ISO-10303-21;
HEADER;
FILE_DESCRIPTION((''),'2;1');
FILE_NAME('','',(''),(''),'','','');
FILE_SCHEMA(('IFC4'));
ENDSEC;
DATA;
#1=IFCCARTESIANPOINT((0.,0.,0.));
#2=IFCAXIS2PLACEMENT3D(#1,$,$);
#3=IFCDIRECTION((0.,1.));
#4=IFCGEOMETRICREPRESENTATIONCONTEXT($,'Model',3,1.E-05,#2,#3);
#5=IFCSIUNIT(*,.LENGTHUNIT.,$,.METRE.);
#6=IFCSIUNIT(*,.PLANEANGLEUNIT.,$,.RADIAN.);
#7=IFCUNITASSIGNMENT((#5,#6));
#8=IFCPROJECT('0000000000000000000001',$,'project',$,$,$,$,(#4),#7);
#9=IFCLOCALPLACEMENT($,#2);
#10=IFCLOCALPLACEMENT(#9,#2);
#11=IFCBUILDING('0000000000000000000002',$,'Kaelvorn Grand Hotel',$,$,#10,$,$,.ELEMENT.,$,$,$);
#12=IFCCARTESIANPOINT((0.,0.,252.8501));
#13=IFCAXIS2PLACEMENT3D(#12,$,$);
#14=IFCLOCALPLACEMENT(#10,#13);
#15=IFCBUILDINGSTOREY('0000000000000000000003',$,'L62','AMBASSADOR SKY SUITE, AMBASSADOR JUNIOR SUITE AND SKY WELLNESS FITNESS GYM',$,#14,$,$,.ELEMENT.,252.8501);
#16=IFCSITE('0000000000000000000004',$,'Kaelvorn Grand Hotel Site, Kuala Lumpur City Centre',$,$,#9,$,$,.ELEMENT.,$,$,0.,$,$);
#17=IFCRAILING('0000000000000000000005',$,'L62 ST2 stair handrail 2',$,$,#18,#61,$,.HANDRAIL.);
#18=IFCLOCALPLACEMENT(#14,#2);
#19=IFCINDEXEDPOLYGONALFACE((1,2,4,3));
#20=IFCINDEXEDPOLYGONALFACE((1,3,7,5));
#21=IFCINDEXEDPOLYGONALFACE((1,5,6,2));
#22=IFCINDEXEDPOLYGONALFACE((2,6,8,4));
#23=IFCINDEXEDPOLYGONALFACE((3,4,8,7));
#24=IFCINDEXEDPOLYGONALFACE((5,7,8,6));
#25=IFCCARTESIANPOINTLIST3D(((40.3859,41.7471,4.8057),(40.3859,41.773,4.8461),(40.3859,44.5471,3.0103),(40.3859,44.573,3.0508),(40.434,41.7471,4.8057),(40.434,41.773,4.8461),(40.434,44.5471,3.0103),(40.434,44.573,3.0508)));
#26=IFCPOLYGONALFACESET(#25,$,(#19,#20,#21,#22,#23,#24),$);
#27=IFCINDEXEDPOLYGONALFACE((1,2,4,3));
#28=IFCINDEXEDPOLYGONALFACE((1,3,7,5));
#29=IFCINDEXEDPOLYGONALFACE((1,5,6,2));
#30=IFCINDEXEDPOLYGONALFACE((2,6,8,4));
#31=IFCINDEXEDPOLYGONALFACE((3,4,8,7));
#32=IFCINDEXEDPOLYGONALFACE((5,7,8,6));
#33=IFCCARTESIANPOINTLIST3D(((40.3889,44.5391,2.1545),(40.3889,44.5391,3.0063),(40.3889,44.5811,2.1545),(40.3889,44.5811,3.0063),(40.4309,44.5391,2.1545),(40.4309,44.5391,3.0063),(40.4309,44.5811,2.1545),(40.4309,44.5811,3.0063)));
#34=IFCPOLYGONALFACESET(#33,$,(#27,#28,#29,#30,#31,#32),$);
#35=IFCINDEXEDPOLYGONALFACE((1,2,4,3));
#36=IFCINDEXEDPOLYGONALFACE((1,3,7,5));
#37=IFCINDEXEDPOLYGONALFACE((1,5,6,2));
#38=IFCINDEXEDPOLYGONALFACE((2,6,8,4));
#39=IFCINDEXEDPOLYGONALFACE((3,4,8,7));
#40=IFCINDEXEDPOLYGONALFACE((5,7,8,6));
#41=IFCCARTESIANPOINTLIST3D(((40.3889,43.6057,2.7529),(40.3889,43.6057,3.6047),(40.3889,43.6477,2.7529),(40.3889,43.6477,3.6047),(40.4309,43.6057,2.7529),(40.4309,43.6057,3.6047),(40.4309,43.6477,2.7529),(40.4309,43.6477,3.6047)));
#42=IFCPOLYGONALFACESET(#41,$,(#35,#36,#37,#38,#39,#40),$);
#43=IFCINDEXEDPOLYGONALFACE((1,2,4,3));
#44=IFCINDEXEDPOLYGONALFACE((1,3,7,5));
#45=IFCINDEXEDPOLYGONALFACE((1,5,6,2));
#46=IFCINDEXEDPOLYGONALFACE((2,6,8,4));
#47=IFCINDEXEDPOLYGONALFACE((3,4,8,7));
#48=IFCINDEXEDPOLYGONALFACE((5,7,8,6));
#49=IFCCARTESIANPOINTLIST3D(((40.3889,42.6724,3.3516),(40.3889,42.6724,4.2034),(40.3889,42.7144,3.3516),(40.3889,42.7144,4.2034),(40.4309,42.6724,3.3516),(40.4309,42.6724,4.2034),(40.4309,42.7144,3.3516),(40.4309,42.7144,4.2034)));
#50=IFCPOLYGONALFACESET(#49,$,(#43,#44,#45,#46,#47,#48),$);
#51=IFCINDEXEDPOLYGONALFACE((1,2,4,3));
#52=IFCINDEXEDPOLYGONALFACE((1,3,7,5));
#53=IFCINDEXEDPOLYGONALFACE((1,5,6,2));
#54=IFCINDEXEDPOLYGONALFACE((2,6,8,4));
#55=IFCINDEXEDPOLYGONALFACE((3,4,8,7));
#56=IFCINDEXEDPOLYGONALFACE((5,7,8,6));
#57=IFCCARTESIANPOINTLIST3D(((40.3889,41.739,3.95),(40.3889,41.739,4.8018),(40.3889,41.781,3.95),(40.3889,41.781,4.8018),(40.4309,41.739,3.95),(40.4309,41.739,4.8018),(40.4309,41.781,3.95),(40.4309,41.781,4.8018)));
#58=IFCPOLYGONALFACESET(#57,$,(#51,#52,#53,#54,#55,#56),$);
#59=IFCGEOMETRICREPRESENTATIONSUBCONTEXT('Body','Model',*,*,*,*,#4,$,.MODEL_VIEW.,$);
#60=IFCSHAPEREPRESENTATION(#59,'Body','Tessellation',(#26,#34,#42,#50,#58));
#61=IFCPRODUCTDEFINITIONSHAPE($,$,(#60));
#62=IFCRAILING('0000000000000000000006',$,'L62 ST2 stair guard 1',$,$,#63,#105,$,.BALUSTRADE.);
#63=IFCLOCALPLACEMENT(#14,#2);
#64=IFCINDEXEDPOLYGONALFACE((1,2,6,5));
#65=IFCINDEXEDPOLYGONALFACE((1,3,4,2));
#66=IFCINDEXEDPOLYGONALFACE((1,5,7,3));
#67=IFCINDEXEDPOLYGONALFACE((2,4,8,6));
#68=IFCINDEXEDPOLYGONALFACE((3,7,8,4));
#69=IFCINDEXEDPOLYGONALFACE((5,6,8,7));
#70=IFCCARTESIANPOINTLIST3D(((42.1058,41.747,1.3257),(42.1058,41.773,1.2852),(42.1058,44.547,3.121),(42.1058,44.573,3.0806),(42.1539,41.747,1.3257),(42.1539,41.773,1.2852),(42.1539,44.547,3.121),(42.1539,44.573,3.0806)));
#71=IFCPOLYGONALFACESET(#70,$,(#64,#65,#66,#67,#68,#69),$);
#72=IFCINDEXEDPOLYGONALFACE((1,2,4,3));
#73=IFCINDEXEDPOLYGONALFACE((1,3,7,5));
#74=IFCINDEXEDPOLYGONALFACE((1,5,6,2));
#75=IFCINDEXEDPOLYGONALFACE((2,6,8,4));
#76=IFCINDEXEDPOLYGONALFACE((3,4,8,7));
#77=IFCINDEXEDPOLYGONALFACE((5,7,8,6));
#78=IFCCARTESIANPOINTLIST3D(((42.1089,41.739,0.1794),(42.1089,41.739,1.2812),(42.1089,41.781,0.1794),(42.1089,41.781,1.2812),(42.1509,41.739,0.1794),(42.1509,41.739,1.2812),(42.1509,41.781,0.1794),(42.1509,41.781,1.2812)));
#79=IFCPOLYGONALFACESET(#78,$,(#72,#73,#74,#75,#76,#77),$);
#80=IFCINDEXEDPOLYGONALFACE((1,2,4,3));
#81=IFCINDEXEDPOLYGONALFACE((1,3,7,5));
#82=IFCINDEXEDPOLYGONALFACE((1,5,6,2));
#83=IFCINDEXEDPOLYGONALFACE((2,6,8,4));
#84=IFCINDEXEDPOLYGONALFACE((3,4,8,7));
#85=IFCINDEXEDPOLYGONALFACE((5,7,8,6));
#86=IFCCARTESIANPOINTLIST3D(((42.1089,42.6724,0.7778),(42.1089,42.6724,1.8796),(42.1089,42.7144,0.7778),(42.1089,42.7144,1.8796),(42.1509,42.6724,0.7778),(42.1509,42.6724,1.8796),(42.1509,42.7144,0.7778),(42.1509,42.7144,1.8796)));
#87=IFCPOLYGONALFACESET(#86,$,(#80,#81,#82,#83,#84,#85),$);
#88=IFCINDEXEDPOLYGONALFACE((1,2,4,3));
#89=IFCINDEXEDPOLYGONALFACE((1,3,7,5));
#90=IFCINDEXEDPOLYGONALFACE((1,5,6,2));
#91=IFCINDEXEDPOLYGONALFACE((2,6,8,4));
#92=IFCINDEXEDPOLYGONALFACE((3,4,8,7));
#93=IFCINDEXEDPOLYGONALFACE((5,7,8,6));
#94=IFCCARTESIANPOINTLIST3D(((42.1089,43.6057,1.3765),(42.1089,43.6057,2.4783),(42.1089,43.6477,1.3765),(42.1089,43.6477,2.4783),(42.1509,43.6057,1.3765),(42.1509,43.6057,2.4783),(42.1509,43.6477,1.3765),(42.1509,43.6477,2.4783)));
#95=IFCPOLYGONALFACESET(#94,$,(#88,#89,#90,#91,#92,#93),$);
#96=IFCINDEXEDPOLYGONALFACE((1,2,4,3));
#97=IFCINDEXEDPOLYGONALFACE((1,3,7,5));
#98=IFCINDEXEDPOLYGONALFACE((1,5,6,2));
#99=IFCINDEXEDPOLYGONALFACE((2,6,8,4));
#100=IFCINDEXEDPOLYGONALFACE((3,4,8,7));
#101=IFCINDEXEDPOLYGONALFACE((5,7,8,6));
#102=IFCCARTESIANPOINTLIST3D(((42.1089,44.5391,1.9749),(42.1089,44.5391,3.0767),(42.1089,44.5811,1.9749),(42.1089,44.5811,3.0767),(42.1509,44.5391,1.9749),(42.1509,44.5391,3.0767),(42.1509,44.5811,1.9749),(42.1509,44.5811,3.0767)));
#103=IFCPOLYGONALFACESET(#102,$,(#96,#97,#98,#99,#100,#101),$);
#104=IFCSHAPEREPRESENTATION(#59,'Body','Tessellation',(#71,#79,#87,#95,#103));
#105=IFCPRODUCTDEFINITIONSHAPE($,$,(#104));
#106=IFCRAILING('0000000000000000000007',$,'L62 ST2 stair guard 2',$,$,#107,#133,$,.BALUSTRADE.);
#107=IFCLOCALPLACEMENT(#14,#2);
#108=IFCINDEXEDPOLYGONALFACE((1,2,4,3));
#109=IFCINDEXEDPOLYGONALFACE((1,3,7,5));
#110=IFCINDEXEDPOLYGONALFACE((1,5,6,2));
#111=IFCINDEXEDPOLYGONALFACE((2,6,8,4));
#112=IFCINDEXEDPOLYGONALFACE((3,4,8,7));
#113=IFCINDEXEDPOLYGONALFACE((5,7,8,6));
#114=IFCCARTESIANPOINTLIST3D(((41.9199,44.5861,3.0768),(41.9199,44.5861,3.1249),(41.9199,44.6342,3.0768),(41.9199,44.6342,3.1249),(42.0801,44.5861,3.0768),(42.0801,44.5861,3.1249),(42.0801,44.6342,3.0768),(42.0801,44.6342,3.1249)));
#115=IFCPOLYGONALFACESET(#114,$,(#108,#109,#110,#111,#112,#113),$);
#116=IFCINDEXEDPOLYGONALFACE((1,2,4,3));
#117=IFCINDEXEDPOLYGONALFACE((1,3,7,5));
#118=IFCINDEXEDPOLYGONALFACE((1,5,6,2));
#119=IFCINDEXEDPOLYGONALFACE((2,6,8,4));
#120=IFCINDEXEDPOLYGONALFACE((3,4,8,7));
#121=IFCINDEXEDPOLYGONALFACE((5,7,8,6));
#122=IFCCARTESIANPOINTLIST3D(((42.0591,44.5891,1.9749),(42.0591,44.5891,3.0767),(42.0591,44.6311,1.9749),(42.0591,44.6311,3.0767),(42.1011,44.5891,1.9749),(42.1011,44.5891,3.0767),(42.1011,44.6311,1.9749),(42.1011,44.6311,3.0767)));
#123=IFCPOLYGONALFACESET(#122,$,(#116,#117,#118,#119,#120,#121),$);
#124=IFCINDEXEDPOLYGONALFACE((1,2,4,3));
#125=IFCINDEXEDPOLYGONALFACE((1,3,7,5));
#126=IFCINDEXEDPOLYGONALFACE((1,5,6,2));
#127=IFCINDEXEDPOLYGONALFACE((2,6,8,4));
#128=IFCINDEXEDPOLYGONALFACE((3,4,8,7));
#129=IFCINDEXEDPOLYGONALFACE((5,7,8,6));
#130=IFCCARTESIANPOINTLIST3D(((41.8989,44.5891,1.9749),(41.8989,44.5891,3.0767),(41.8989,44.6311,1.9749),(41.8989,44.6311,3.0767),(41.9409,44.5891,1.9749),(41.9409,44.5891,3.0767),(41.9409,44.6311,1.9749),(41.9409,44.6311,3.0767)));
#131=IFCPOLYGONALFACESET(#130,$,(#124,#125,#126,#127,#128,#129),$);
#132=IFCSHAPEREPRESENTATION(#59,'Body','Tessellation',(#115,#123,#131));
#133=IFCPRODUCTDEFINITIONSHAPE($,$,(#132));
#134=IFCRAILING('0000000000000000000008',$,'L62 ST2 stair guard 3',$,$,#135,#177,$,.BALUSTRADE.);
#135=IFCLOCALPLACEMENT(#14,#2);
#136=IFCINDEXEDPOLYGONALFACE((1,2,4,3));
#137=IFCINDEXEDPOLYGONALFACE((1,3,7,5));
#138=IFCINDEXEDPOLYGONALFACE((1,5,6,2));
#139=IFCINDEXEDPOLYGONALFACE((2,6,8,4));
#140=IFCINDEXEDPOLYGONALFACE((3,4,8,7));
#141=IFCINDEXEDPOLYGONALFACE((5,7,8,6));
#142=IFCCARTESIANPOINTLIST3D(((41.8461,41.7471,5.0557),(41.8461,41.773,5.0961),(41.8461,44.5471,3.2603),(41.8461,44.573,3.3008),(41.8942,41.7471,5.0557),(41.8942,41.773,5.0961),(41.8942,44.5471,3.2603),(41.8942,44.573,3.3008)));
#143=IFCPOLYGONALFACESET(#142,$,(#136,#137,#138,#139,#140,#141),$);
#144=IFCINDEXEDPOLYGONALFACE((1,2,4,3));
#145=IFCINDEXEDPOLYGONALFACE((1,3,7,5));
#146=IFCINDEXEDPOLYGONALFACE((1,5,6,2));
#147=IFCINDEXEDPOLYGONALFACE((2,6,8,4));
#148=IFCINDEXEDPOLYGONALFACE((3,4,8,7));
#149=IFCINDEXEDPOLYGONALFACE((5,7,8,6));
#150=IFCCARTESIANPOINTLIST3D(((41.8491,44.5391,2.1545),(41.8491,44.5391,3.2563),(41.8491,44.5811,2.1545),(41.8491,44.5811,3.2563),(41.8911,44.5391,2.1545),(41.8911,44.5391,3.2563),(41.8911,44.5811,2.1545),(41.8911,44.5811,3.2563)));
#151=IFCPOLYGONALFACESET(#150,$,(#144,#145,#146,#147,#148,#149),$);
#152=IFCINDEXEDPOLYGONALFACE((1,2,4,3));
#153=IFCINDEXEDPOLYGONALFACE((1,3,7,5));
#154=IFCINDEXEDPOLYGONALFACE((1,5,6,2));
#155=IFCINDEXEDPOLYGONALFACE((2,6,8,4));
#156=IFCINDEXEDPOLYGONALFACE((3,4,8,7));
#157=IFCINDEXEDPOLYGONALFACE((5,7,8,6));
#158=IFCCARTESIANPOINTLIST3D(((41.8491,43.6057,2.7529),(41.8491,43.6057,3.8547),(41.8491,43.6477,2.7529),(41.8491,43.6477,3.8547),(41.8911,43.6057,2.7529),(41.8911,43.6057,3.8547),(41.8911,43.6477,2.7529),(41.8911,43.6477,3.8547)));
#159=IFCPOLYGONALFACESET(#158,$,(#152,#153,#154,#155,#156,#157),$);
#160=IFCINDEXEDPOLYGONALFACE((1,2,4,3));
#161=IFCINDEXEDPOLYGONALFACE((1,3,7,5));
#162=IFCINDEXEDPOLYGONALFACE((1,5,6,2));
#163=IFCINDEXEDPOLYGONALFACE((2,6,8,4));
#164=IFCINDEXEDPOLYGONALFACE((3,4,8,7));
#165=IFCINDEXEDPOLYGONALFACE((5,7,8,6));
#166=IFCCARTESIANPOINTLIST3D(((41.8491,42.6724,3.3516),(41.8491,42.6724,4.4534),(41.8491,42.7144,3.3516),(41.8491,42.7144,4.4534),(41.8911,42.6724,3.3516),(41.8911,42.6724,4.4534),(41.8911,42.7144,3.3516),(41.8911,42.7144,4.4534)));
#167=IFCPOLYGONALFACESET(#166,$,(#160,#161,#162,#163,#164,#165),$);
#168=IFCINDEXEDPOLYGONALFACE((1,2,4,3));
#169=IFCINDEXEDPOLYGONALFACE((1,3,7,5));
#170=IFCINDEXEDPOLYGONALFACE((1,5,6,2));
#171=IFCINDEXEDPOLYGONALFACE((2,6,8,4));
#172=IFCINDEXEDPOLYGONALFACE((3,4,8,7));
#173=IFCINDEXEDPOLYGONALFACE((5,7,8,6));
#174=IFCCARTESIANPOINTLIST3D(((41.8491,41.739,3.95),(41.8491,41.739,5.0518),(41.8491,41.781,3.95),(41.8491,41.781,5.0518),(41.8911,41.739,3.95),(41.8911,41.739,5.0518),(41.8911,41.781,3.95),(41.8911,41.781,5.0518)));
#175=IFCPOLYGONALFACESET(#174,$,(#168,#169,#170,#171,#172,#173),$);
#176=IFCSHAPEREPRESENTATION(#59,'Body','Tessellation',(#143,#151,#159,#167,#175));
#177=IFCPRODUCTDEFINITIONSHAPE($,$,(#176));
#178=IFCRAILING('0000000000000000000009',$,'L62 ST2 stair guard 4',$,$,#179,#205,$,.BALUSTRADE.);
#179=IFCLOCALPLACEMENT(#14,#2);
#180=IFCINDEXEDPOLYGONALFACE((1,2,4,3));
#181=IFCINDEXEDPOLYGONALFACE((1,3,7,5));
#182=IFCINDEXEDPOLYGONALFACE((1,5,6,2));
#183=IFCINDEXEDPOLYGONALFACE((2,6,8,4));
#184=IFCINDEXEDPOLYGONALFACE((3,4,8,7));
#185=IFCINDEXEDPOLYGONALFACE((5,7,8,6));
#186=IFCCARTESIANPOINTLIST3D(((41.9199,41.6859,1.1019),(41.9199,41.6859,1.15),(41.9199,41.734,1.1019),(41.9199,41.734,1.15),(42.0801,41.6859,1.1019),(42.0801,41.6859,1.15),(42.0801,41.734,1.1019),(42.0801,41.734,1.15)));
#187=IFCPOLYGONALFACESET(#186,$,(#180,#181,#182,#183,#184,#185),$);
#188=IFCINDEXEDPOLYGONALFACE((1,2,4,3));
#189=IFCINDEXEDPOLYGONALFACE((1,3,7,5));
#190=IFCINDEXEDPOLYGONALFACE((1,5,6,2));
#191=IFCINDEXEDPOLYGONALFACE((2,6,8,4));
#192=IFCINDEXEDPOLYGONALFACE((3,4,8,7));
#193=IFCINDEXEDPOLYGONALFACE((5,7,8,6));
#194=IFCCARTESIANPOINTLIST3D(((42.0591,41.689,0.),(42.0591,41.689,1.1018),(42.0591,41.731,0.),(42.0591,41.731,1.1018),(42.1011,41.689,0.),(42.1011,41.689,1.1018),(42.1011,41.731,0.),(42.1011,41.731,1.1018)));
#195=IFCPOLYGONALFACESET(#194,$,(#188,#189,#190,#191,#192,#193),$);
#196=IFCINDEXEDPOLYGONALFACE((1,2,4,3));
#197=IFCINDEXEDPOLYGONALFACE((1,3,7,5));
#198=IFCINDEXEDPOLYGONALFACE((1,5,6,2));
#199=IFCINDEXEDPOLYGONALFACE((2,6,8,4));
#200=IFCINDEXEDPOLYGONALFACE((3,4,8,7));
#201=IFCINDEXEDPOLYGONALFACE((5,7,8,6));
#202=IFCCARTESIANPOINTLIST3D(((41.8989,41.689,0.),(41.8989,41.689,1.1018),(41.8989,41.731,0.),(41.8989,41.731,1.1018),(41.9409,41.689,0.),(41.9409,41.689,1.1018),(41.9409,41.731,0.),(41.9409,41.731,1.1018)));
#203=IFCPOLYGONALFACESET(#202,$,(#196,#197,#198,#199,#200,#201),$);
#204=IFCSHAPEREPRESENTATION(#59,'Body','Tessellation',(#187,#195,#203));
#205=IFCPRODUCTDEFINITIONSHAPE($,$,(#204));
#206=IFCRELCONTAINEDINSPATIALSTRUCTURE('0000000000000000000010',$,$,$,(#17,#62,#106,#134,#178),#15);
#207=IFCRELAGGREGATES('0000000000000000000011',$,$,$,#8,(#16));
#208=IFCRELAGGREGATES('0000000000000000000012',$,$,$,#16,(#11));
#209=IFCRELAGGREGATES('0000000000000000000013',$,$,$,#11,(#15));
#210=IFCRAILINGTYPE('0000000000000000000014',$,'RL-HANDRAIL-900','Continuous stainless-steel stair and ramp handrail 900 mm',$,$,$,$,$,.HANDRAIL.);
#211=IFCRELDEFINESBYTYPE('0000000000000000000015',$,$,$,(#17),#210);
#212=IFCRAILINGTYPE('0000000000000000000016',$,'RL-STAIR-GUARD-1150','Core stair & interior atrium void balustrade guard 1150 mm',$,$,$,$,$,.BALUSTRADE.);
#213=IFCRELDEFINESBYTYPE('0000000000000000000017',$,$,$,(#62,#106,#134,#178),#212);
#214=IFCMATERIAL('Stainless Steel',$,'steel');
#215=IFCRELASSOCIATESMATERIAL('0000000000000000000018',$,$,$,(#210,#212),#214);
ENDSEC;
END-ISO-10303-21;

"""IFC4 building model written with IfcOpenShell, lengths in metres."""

from ifc_helpers import new_model, si_unit, direction, frame, origin, origin_2d, place, context, subcontext, project, spatial, rectangle, extrude, material, type_object, element, save


model = new_model("IFC4")

# Units and contexts
model_context = context("Model", 3, precision=1e-05, world=origin(), true_north=direction((0.0, 1.0)))
body_context = subcontext(model_context, "Body", "Model", "MODEL_VIEW")
ifc_project = project(units=[si_unit("LENGTHUNIT", "METRE"), si_unit("PLANEANGLEUNIT", "RADIAN")], contexts=[model_context])

# Site, building, storey
site_placement = place(None, origin())
site = spatial("IfcSite", under=ifc_project, at=site_placement, Name="Kaelvorn Grand Hotel Site, Kuala Lumpur City Centre", CompositionType="ELEMENT", RefElevation=0.0)
building_placement = place(site_placement, origin())
building = spatial("IfcBuilding", under=site, at=building_placement, Name="Kaelvorn Grand Hotel", CompositionType="ELEMENT")
storey_placement = place(building_placement, frame((0.0, 0.0, 252.8501)))
storey = spatial("IfcBuildingStorey", under=building, at=storey_placement, Name="L62", Description="AMBASSADOR SKY SUITE, AMBASSADOR JUNIOR SUITE AND SKY WELLNESS FITNESS GYM", CompositionType="ELEMENT", Elevation=252.8501)

# Railings
ifc_material_1 = material(Name="Stainless Steel", Category="steel")
railing_type_1 = type_object("IfcRailingType", Name="RL-HANDRAIL-900", Description="Continuous stainless-steel stair and ramp handrail 900 mm", PredefinedType="HANDRAIL", material=ifc_material_1)
railing_1_placement = place(storey_placement, frame((40.4099, 44.5601, 2.1545)))
element("IfcRailing", 1, at=railing_1_placement, inside=storey, type_object=railing_type_1, Name="L62 ST2 stair handrail 2", PredefinedType="HANDRAIL", context=body_context, shape_type="SweptSolid", body=[
    extrude(rectangle(XDim=0.0481, YDim=0.0481, at=origin_2d()), frame((0.0, 0.0, 0.876), z_axis=(0.0, -0.84181, 0.539774), x_axis=(1.0, 0.0, 0.0)), (0.0, 0.0, 1.0), 3.3262),
    extrude(rectangle(XDim=0.042, YDim=0.042, at=origin_2d()), origin(), (0.0, 0.0, 1.0), 0.8518),
    extrude(rectangle(XDim=0.042, YDim=0.042, at=origin_2d()), frame((0.0, -0.9333, 0.5984)), (0.0, 0.0, 1.0), 0.8518),
    extrude(rectangle(XDim=0.042, YDim=0.042, at=origin_2d()), frame((0.0, -1.8667, 1.197)), (0.0, 0.0, 1.0), 0.8518),
    extrude(rectangle(XDim=0.042, YDim=0.042, at=origin_2d()), frame((0.0, -2.8, 1.7954)), (0.0, 0.0, 1.0), 0.8518),
])
railing_type_2 = type_object("IfcRailingType", Name="RL-STAIR-GUARD-1150", Description="Core stair & interior atrium void balustrade guard 1150 mm", PredefinedType="BALUSTRADE", material=ifc_material_1)
railing_2_placement = place(storey_placement, frame((42.1299, 41.76, 0.1794)))
element("IfcRailing", 2, at=railing_2_placement, inside=storey, type_object=railing_type_2, Name="L62 ST2 stair guard 1", PredefinedType="BALUSTRADE", context=body_context, shape_type="SweptSolid", body=[
    extrude(rectangle(XDim=0.0481, YDim=0.0481, at=origin_2d()), frame((0.0, 0.0, 1.126), z_axis=(0.0, 0.84181, 0.539774), x_axis=(-1.0, 0.0, 0.0)), (0.0, 0.0, 1.0), 3.3262),
    extrude(rectangle(XDim=0.042, YDim=0.042, at=origin_2d()), origin(), (0.0, 0.0, 1.0), 1.1018),
    extrude(rectangle(XDim=0.042, YDim=0.042, at=origin_2d()), frame((0.0, 0.9333, 0.5984)), (0.0, 0.0, 1.0), 1.1018),
    extrude(rectangle(XDim=0.042, YDim=0.042, at=origin_2d()), frame((0.0, 1.8667, 1.197)), (0.0, 0.0, 1.0), 1.1018),
    extrude(rectangle(XDim=0.042, YDim=0.042, at=origin_2d()), frame((0.0, 2.8, 1.7954)), (0.0, 0.0, 1.0), 1.1018),
])
railing_3_placement = place(storey_placement, frame((42.0801, 44.6101, 1.9749)))
element("IfcRailing", 3, at=railing_3_placement, inside=storey, type_object=railing_type_2, Name="L62 ST2 stair guard 2", PredefinedType="BALUSTRADE", context=body_context, shape_type="SweptSolid", body=[
    extrude(rectangle(XDim=0.0481, YDim=0.0481, at=origin_2d()), frame((0.0, 0.0, 1.126), z_axis=(-1.0, 0.0, 0.0), x_axis=(0.0, -1.0, 0.0)), (0.0, 0.0, 1.0), 0.1602),
    extrude(rectangle(XDim=0.042, YDim=0.042, at=origin_2d()), origin(), (0.0, 0.0, 1.0), 1.1018),
    extrude(rectangle(XDim=0.042, YDim=0.042, at=origin_2d()), frame((-0.1602, 0.0, 0.0)), (0.0, 0.0, 1.0), 1.1018),
])
railing_4_placement = place(storey_placement, frame((41.8701, 44.5601, 2.1545)))
element("IfcRailing", 4, at=railing_4_placement, inside=storey, type_object=railing_type_2, Name="L62 ST2 stair guard 3", PredefinedType="BALUSTRADE", context=body_context, shape_type="SweptSolid", body=[
    extrude(rectangle(XDim=0.0481, YDim=0.0481, at=origin_2d()), frame((0.0, 0.0, 1.126), z_axis=(0.0, -0.84181, 0.539774), x_axis=(1.0, 0.0, 0.0)), (0.0, 0.0, 1.0), 3.3262),
    extrude(rectangle(XDim=0.042, YDim=0.042, at=origin_2d()), origin(), (0.0, 0.0, 1.0), 1.1018),
    extrude(rectangle(XDim=0.042, YDim=0.042, at=origin_2d()), frame((0.0, -0.9333, 0.5984)), (0.0, 0.0, 1.0), 1.1018),
    extrude(rectangle(XDim=0.042, YDim=0.042, at=origin_2d()), frame((0.0, -1.8667, 1.197)), (0.0, 0.0, 1.0), 1.1018),
    extrude(rectangle(XDim=0.042, YDim=0.042, at=origin_2d()), frame((0.0, -2.8, 1.7954)), (0.0, 0.0, 1.0), 1.1018),
])
railing_5_placement = place(storey_placement, frame((42.0801, 41.71, 0.0)))
element("IfcRailing", 5, at=railing_5_placement, inside=storey, type_object=railing_type_2, Name="L62 ST2 stair guard 4", PredefinedType="BALUSTRADE", context=body_context, shape_type="SweptSolid", body=[
    extrude(rectangle(XDim=0.0481, YDim=0.0481, at=origin_2d()), frame((0.0, 0.0, 1.126), z_axis=(-1.0, 0.0, 0.0), x_axis=(0.0, -1.0, 0.0)), (0.0, 0.0, 1.0), 0.1602),
    extrude(rectangle(XDim=0.042, YDim=0.042, at=origin_2d()), origin(), (0.0, 0.0, 1.0), 1.1018),
    extrude(rectangle(XDim=0.042, YDim=0.042, at=origin_2d()), frame((-0.1602, 0.0, 0.0)), (0.0, 0.0, 1.0), 1.1018),
])

save(model, "model.ifc")
